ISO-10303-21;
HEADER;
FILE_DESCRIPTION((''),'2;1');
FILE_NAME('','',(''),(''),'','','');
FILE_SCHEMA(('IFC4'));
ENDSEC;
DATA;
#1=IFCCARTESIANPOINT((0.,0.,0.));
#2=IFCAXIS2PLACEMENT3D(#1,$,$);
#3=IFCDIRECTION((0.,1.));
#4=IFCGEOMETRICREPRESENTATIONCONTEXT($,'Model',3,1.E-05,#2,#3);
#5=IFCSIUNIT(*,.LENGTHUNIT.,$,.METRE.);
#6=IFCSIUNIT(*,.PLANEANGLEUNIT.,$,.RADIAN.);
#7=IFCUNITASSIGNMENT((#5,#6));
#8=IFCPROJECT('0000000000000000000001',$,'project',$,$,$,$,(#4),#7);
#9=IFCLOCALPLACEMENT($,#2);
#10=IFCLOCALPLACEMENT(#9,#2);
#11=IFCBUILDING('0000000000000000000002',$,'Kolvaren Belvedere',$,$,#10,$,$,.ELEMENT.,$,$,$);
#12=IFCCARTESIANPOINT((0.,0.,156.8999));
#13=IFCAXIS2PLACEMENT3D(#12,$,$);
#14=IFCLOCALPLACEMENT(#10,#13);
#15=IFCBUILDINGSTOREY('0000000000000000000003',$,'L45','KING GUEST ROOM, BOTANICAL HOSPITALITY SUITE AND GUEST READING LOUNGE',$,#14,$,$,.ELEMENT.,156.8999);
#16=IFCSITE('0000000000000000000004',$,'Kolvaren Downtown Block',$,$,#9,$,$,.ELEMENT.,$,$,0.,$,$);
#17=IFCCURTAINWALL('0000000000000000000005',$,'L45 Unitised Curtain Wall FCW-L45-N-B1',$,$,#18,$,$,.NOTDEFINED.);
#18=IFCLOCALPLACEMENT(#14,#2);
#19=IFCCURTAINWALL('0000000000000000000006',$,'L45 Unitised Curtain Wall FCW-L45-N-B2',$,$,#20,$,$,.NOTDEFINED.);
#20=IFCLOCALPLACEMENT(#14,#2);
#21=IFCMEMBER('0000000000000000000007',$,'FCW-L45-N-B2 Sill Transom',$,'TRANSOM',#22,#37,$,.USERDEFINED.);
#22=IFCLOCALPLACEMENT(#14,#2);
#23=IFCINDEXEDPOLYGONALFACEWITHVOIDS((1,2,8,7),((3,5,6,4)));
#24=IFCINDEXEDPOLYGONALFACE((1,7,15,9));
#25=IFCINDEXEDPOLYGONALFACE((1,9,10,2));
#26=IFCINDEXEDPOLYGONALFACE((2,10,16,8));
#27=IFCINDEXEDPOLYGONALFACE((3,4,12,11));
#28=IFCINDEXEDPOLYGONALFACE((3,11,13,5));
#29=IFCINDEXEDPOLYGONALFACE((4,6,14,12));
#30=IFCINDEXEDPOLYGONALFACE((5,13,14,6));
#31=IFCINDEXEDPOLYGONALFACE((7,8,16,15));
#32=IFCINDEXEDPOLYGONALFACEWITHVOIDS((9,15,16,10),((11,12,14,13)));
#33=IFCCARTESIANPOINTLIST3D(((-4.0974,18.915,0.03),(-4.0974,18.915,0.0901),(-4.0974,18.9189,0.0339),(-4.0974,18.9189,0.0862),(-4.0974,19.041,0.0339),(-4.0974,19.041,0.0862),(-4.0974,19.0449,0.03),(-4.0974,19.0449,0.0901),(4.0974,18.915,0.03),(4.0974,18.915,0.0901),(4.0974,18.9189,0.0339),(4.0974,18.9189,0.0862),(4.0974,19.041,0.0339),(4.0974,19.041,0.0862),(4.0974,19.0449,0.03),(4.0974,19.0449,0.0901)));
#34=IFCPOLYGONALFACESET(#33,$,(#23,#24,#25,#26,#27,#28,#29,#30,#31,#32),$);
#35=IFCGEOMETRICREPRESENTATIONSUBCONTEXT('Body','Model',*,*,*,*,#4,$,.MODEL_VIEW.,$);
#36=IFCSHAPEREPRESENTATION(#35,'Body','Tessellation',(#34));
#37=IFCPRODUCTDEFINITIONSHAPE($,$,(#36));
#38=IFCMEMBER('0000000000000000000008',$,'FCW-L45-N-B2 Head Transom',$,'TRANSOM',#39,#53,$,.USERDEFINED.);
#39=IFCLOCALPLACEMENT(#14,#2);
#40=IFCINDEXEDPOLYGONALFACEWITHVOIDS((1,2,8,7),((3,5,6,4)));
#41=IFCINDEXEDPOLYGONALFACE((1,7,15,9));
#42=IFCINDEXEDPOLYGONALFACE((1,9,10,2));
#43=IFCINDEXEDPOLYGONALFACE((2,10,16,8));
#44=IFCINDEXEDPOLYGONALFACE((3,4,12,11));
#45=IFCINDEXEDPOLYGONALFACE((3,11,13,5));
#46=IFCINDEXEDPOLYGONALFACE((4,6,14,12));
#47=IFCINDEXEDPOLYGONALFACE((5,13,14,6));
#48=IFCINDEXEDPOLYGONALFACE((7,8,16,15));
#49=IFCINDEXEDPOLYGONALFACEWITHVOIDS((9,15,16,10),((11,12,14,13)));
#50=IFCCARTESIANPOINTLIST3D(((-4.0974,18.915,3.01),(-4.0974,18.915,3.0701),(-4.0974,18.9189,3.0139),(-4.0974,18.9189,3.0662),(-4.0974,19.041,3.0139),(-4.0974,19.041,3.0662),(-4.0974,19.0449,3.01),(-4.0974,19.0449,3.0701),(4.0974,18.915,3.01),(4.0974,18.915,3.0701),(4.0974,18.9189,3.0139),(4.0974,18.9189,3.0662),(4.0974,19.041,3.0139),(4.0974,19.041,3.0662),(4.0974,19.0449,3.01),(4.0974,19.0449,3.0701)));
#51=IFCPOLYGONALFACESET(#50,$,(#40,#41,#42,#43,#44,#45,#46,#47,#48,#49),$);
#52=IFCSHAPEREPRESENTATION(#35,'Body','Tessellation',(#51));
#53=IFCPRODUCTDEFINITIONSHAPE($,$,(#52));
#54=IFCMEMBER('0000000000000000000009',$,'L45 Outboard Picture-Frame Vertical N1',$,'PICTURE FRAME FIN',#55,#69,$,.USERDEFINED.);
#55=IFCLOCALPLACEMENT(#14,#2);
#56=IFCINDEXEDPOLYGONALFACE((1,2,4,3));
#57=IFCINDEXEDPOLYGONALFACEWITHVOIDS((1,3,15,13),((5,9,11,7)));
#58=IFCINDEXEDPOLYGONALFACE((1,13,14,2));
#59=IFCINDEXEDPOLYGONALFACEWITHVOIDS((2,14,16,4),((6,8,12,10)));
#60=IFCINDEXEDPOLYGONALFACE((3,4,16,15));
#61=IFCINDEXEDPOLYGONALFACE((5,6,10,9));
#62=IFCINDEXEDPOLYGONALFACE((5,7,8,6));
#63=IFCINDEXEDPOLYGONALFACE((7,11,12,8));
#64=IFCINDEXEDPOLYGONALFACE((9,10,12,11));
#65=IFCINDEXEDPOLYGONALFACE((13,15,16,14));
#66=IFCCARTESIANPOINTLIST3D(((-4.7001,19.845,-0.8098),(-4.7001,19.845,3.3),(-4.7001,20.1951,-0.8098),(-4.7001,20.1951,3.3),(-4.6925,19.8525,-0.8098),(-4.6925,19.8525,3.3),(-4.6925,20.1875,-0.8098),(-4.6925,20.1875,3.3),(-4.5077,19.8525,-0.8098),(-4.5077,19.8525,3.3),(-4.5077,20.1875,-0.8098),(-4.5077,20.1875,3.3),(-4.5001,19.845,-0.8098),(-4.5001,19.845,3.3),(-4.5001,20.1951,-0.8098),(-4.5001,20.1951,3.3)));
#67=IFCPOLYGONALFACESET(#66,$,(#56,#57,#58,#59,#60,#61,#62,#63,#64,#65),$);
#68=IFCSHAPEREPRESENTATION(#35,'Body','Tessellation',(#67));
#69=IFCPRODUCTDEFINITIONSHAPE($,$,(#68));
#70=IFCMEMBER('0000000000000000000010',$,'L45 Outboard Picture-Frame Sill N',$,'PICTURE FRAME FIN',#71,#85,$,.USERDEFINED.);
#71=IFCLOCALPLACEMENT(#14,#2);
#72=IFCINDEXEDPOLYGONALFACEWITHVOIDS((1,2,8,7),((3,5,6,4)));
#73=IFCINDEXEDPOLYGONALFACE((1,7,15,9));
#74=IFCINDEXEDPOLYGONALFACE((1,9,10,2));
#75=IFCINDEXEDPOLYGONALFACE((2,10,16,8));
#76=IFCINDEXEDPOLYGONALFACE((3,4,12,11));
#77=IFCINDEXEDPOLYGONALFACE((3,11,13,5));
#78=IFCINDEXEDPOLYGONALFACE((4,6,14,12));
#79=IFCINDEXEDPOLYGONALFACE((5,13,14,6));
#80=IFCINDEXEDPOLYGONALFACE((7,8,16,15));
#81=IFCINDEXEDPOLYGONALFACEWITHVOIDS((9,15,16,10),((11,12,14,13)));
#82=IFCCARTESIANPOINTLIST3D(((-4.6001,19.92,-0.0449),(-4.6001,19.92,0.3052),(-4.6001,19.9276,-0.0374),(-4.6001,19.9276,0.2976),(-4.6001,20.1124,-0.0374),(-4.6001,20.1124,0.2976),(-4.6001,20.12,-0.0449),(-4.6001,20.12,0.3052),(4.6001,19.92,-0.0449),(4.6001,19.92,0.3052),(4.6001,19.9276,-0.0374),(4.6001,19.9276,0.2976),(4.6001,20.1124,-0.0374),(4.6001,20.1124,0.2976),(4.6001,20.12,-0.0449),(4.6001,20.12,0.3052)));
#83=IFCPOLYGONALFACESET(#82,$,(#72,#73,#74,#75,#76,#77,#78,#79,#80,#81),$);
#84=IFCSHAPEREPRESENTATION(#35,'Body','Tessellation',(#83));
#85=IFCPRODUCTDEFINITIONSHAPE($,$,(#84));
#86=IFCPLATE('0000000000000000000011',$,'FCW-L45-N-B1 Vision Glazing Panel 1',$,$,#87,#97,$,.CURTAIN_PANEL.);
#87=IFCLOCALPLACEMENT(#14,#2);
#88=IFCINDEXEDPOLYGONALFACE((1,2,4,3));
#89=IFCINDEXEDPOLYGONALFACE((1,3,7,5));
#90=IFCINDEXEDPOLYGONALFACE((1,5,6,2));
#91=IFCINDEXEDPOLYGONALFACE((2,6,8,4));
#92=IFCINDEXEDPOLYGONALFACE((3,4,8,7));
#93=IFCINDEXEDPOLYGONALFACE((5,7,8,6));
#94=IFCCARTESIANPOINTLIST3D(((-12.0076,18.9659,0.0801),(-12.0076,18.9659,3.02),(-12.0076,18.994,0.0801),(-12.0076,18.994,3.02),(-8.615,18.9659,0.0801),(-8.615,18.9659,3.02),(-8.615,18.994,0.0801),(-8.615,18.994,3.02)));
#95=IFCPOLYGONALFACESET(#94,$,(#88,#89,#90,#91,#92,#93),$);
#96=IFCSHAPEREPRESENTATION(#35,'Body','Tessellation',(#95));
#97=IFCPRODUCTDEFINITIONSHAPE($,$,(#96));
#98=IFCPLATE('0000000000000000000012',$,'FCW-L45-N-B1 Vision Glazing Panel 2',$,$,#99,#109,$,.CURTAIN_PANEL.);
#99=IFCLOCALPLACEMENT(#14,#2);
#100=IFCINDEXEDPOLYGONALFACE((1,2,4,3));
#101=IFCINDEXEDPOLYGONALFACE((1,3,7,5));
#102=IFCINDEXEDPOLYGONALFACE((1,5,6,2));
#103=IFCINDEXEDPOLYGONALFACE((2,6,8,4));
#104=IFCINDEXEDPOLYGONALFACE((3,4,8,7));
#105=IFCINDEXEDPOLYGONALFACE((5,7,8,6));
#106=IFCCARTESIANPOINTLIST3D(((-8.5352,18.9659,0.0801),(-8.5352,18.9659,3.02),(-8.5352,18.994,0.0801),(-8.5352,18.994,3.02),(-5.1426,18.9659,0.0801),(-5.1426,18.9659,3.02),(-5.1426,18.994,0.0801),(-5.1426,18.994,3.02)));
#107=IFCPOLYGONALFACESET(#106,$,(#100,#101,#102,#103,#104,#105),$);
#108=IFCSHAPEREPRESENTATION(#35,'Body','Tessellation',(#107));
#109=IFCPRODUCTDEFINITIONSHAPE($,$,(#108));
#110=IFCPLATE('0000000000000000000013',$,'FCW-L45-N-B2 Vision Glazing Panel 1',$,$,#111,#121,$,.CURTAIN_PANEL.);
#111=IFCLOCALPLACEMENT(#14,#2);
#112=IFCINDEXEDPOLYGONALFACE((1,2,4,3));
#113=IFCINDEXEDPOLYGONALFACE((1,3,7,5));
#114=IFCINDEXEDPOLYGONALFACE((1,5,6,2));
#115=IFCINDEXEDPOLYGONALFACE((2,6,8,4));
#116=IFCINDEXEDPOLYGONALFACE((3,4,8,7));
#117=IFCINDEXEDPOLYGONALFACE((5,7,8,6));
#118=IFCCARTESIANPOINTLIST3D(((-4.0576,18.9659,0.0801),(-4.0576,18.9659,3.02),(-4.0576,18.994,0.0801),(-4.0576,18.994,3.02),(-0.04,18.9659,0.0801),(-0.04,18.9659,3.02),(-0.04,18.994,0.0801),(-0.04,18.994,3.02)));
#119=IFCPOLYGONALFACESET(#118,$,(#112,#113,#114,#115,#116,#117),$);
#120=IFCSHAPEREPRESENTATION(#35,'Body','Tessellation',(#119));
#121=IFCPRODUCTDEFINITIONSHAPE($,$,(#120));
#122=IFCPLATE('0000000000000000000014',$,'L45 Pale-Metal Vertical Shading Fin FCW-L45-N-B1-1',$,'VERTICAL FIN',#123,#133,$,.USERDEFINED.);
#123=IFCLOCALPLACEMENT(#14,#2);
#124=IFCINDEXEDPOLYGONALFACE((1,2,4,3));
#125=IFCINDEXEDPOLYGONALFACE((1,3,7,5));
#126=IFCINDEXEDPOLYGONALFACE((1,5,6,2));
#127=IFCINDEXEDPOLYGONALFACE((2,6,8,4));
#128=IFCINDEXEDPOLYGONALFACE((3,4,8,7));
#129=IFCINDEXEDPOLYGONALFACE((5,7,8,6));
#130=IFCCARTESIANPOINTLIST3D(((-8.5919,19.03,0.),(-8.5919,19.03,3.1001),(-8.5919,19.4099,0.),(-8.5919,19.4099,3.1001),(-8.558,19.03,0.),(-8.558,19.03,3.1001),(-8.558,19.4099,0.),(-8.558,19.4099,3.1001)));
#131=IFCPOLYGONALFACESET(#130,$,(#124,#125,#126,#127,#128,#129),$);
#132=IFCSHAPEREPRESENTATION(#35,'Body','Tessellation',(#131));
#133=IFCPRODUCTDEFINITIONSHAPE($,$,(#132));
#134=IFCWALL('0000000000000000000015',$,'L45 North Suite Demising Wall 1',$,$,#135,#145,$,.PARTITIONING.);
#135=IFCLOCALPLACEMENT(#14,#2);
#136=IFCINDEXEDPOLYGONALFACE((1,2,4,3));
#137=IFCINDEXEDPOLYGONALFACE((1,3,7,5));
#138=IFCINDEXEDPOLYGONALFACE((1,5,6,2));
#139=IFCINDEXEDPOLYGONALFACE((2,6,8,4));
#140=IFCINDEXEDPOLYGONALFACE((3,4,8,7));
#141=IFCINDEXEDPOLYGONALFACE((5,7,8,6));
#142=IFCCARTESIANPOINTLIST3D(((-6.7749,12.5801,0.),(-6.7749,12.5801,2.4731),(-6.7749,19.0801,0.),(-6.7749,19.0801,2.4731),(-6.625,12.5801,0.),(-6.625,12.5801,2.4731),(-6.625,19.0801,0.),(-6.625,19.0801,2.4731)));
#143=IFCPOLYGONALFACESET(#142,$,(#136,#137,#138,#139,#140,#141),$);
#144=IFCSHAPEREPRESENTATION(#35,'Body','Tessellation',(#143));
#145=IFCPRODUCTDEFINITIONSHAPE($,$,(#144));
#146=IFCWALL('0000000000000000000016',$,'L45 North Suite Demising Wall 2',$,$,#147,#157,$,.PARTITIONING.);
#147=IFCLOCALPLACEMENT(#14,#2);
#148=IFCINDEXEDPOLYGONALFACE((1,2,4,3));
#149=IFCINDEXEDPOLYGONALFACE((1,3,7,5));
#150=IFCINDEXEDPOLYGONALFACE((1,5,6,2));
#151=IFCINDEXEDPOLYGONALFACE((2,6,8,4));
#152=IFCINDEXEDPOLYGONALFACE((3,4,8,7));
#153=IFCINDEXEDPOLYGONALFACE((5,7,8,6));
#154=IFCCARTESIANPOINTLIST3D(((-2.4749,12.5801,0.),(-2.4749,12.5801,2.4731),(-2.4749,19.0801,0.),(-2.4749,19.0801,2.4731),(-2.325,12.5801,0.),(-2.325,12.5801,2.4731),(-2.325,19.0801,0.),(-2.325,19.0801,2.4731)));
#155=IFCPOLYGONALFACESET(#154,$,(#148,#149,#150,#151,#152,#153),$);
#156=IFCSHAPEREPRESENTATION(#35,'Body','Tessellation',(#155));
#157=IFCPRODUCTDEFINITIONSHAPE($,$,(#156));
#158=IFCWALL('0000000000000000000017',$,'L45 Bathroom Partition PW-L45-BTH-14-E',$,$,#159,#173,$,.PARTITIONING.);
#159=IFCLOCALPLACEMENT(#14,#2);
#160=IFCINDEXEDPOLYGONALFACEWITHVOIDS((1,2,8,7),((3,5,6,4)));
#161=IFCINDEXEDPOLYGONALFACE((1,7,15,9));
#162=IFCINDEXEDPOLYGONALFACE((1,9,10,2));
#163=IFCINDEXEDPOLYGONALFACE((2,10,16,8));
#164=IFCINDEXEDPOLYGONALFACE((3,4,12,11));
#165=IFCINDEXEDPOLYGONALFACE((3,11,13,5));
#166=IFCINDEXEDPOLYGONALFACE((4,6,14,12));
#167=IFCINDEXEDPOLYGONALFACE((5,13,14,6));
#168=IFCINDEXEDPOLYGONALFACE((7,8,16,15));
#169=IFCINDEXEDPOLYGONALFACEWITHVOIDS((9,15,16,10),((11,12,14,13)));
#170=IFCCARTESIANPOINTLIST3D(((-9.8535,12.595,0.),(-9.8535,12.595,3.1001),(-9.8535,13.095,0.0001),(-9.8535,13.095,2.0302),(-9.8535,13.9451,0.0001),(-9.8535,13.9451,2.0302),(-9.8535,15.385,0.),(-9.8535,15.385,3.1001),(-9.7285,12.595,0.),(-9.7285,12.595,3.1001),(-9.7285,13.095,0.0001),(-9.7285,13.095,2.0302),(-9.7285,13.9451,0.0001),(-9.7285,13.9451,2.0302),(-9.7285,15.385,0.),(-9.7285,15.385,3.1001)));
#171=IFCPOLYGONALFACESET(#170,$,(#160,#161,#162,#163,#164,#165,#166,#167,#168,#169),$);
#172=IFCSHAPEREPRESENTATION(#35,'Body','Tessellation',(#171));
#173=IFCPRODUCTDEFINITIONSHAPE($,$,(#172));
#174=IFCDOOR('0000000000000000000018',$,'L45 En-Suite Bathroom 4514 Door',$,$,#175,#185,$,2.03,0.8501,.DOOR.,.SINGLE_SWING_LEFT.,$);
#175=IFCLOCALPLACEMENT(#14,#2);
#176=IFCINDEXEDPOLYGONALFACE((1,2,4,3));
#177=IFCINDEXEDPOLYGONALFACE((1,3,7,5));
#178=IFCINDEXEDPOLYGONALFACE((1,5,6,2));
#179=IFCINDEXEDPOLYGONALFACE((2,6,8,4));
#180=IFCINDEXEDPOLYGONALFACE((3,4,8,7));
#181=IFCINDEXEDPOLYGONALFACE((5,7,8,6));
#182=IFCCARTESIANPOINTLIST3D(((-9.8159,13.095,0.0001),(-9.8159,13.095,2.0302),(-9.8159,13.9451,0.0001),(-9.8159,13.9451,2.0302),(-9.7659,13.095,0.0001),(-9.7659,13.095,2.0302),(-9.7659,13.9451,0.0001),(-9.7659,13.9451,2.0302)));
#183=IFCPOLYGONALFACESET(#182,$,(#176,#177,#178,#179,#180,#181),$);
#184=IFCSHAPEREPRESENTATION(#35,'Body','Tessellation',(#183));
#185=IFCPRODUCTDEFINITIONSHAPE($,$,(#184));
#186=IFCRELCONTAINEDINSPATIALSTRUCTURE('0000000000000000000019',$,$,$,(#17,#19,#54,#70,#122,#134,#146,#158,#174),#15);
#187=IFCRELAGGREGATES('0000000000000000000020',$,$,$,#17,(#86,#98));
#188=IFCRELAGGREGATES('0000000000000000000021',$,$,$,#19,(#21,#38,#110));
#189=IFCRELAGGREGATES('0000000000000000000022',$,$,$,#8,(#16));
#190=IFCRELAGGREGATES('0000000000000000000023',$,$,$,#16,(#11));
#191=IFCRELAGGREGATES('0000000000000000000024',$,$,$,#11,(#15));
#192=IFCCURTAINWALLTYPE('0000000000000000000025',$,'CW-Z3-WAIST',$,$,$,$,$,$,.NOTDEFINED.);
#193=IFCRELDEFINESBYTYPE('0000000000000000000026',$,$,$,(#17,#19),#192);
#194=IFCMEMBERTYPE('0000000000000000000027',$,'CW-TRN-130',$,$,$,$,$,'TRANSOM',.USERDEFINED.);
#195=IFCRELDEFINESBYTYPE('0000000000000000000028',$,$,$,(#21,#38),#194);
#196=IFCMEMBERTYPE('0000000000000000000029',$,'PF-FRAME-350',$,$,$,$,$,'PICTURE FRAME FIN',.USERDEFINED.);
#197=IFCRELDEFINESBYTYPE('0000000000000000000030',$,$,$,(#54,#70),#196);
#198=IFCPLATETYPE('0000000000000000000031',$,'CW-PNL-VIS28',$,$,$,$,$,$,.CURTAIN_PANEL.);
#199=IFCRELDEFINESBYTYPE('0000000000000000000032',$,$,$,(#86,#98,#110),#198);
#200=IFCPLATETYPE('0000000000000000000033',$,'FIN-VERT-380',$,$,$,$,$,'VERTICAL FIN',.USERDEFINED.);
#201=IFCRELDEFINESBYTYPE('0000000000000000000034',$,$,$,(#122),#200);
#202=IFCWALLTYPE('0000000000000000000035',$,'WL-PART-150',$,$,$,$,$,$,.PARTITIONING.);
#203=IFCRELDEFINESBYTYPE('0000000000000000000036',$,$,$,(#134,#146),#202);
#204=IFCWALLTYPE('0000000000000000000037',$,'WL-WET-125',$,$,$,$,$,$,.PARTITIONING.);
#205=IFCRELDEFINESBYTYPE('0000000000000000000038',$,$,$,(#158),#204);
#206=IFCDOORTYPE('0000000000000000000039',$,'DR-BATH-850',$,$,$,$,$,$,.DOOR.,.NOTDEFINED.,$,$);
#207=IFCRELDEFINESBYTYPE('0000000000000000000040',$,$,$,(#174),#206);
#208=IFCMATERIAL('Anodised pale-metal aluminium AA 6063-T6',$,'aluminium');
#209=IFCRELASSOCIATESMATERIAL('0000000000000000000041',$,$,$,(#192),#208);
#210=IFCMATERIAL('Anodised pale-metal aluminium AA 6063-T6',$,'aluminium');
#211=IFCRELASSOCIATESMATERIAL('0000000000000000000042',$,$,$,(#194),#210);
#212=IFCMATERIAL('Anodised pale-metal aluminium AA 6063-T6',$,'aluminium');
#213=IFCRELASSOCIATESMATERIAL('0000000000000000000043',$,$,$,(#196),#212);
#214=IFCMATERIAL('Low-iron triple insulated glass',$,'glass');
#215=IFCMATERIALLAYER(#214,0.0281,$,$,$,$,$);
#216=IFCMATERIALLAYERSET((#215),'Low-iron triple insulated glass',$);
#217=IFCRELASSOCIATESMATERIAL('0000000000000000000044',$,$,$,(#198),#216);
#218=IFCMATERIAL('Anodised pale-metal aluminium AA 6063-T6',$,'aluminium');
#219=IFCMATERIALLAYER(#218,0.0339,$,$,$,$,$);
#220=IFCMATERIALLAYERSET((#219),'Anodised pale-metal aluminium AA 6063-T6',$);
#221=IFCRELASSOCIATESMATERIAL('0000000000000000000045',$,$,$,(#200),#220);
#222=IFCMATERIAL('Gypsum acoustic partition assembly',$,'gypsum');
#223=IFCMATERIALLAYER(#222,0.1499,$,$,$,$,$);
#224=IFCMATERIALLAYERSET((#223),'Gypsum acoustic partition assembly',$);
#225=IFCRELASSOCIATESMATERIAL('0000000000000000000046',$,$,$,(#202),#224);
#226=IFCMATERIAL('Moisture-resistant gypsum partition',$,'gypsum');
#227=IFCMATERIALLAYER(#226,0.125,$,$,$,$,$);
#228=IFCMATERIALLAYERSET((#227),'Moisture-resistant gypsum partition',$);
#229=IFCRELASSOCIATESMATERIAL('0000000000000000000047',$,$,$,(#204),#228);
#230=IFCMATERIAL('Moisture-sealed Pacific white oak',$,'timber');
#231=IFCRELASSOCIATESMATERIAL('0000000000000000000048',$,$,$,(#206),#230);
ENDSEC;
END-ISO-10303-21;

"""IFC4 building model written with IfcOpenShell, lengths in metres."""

from ifc_helpers import new_model, si_unit, direction, frame, frame_2d, origin, origin_2d, place, context, subcontext, project, spatial, rectangle, hollow_rectangle, extrude, material, layer, layer_set, material_profile, profile_set, type_object, element, fill, aggregate, save


model = new_model("IFC4")

# Units and contexts
model_context = context("Model", 3, precision=1e-05, world=origin(), true_north=direction((0.0, 1.0)))
body_context = subcontext(model_context, "Body", "Model", "MODEL_VIEW")
ifc_project = project(units=[si_unit("LENGTHUNIT", "METRE"), si_unit("PLANEANGLEUNIT", "RADIAN")], contexts=[model_context])

# Site, building, storey
site_placement = place(None, origin())
site = spatial("IfcSite", under=ifc_project, at=site_placement, Name="Kolvaren Downtown Block", CompositionType="ELEMENT", RefElevation=0.0)
building_placement = place(site_placement, origin())
building = spatial("IfcBuilding", under=site, at=building_placement, Name="Kolvaren Belvedere", CompositionType="ELEMENT")
storey_placement = place(building_placement, frame((0.0, 0.0, 156.8999)))
storey = spatial("IfcBuildingStorey", under=building, at=storey_placement, Name="L45", Description="KING GUEST ROOM, BOTANICAL HOSPITALITY SUITE AND GUEST READING LOUNGE", CompositionType="ELEMENT", Elevation=156.8999)

# Curtain wall
ifc_material_1 = material(Name="Anodised pale-metal aluminium AA 6063-T6", Category="aluminium")
curtain_wall_type = type_object("IfcCurtainWallType", Name="CW-Z3-WAIST", PredefinedType="NOTDEFINED", material=ifc_material_1)
curtain_wall_1_placement = place(storey_placement, origin())
curtain_wall_1 = element("IfcCurtainWall", 1, at=curtain_wall_1_placement, inside=storey, type_object=curtain_wall_type, Name="L45 Unitised Curtain Wall FCW-L45-N-B1", PredefinedType="NOTDEFINED")

# Curtain wall
curtain_wall_2_placement = place(storey_placement, origin())
curtain_wall_2 = element("IfcCurtainWall", 2, at=curtain_wall_2_placement, inside=storey, type_object=curtain_wall_type, Name="L45 Unitised Curtain Wall FCW-L45-N-B2", PredefinedType="NOTDEFINED")

# Members
ifc_material_2 = material(Name="Anodised pale-metal aluminium AA 6063-T6", Category="aluminium")
ifc_material_profile_1 = material_profile(ifc_material_2, hollow_rectangle(XDim=0.0601, YDim=0.1299, WallThickness=0.0039, at=origin_2d()), Name="ALU-TRN-130X60")
ifc_profile_set_1 = profile_set([ifc_material_profile_1], Name="Anodised pale-metal aluminium AA 6063-T6")
member_type_1 = type_object("IfcMemberType", Name="CW-TRN-130", ElementType="TRANSOM", PredefinedType="USERDEFINED", material=ifc_profile_set_1)
member_1_placement = place(storey_placement, frame((-4.0974, 18.98, 0.0601), z_axis=(1.0, 0.0, 0.0), x_axis=(0.0, 0.0, 1.0)))
member_1 = element("IfcMember", 3, at=member_1_placement, type_object=member_type_1, Name="FCW-L45-N-B2 Sill Transom", ObjectType="TRANSOM", PredefinedType="USERDEFINED", context=body_context, shape_type="SweptSolid", body=[
    extrude(hollow_rectangle(XDim=0.0601, YDim=0.1299, WallThickness=0.0039, at=origin_2d()), origin(), (0.0, 0.0, 1.0), 8.1948),
])
member_2_placement = place(storey_placement, frame((-4.0974, 18.98, 3.04), z_axis=(1.0, 0.0, 0.0), x_axis=(0.0, 0.0, 1.0)))
member_2 = element("IfcMember", 4, at=member_2_placement, type_object=member_type_1, Name="FCW-L45-N-B2 Head Transom", ObjectType="TRANSOM", PredefinedType="USERDEFINED", context=body_context, shape_type="SweptSolid", body=[
    extrude(hollow_rectangle(XDim=0.0601, YDim=0.1299, WallThickness=0.0039, at=origin_2d()), origin(), (0.0, 0.0, 1.0), 8.1948),
])

# Members
ifc_material_3 = material(Name="Anodised pale-metal aluminium AA 6063-T6", Category="aluminium")
ifc_material_profile_2 = material_profile(ifc_material_3, hollow_rectangle(XDim=0.2, YDim=0.3501, WallThickness=0.0076, at=origin_2d()), Name="ALU-PF-350X200")
ifc_profile_set_2 = profile_set([ifc_material_profile_2], Name="Anodised pale-metal aluminium AA 6063-T6")
member_type_2 = type_object("IfcMemberType", Name="PF-FRAME-350", ElementType="PICTURE FRAME FIN", PredefinedType="USERDEFINED", material=ifc_profile_set_2)
member_3_placement = place(storey_placement, frame((-4.6001, 20.02, -0.8098), z_axis=(0.0, 0.0, 1.0), x_axis=(1.0, 0.0, 0.0)))
element("IfcMember", 5, at=member_3_placement, inside=storey, type_object=member_type_2, Name="L45 Outboard Picture-Frame Vertical N1", ObjectType="PICTURE FRAME FIN", PredefinedType="USERDEFINED", context=body_context, shape_type="SweptSolid", body=[
    extrude(hollow_rectangle(XDim=0.2, YDim=0.3501, WallThickness=0.0076, at=origin_2d()), origin(), (0.0, 0.0, 1.0), 4.1099),
])
member_4_placement = place(storey_placement, frame((-4.6001, 20.02, 0.1301), z_axis=(1.0, 0.0, 0.0), x_axis=(0.0, 1.0, 0.0)))
element("IfcMember", 6, at=member_4_placement, inside=storey, type_object=member_type_2, Name="L45 Outboard Picture-Frame Sill N", ObjectType="PICTURE FRAME FIN", PredefinedType="USERDEFINED", context=body_context, shape_type="SweptSolid", body=[
    extrude(hollow_rectangle(XDim=0.2, YDim=0.3501, WallThickness=0.0076, at=origin_2d()), origin(), (0.0, 0.0, 1.0), 9.2002),
])

# Plates
ifc_material_4 = material(Name="Low-iron triple insulated glass", Category="glass")
ifc_layer_1 = layer(ifc_material_4, 0.0281)
ifc_layer_set_1 = layer_set([ifc_layer_1], Name="Low-iron triple insulated glass")
plate_type_1 = type_object("IfcPlateType", Name="CW-PNL-VIS28", PredefinedType="CURTAIN_PANEL", material=ifc_layer_set_1)
plate_1_placement = place(storey_placement, frame((-10.3113, 18.98, 0.0801), z_axis=(0.0, 0.0, 1.0), x_axis=(1.0, 0.0, 0.0)))
plate_1 = element("IfcPlate", 7, at=plate_1_placement, type_object=plate_type_1, Name="FCW-L45-N-B1 Vision Glazing Panel 1", PredefinedType="CURTAIN_PANEL", context=body_context, shape_type="SweptSolid", body=[
    extrude(rectangle(XDim=3.3926, YDim=0.0281, at=origin_2d()), origin(), (0.0, 0.0, 1.0), 2.9399),
])
plate_2_placement = place(storey_placement, frame((-6.8389, 18.98, 0.0801), z_axis=(0.0, 0.0, 1.0), x_axis=(1.0, 0.0, 0.0)))
plate_2 = element("IfcPlate", 8, at=plate_2_placement, type_object=plate_type_1, Name="FCW-L45-N-B1 Vision Glazing Panel 2", PredefinedType="CURTAIN_PANEL", context=body_context, shape_type="SweptSolid", body=[
    extrude(rectangle(XDim=3.3926, YDim=0.0281, at=origin_2d()), origin(), (0.0, 0.0, 1.0), 2.9399),
])
aggregate(curtain_wall_1, [plate_1, plate_2])
plate_3_placement = place(storey_placement, frame((-2.0488, 18.98, 0.0801), z_axis=(0.0, 0.0, 1.0), x_axis=(1.0, 0.0, 0.0)))
plate_3 = element("IfcPlate", 9, at=plate_3_placement, type_object=plate_type_1, Name="FCW-L45-N-B2 Vision Glazing Panel 1", PredefinedType="CURTAIN_PANEL", context=body_context, shape_type="SweptSolid", body=[
    extrude(rectangle(XDim=4.0176, YDim=0.0281, at=origin_2d()), origin(), (0.0, 0.0, 1.0), 2.9399),
])
aggregate(curtain_wall_2, [member_1, member_2, plate_3])
ifc_material_5 = material(Name="Anodised pale-metal aluminium AA 6063-T6", Category="aluminium")
ifc_layer_2 = layer(ifc_material_5, 0.0339)
ifc_layer_set_2 = layer_set([ifc_layer_2], Name="Anodised pale-metal aluminium AA 6063-T6")
plate_type_2 = type_object("IfcPlateType", Name="FIN-VERT-380", ElementType="VERTICAL FIN", PredefinedType="USERDEFINED", material=ifc_layer_set_2)
plate_4_placement = place(storey_placement, frame((-8.575, 19.22, 0.0), z_axis=(0.0, 0.0, 1.0), x_axis=(0.0, 1.0, 0.0)))
element("IfcPlate", 10, at=plate_4_placement, inside=storey, type_object=plate_type_2, Name="L45 Pale-Metal Vertical Shading Fin FCW-L45-N-B1-1", ObjectType="VERTICAL FIN", PredefinedType="USERDEFINED", context=body_context, shape_type="SweptSolid", body=[
    extrude(rectangle(XDim=0.3799, YDim=0.0339, at=origin_2d()), origin(), (0.0, 0.0, 1.0), 3.1001),
])

# Walls
ifc_material_6 = material(Name="Gypsum acoustic partition assembly", Category="gypsum")
ifc_layer_3 = layer(ifc_material_6, 0.1499)
ifc_layer_set_3 = layer_set([ifc_layer_3], Name="Gypsum acoustic partition assembly")
wall_type_1 = type_object("IfcWallType", Name="WL-PART-150", PredefinedType="PARTITIONING", material=ifc_layer_set_3)
for number, where, z_axis, x_axis, name in (
    (11, (-6.7, 12.5801, 0.0), (0.0, 0.0, 1.0), (0.0, 1.0, 0.0), "L45 North Suite Demising Wall 1"),
    (12, (-2.3999, 12.5801, 0.0), (0.0, 0.0, 1.0), (0.0, 1.0, 0.0), "L45 North Suite Demising Wall 2"),
):
    element("IfcWall", number, at=place(storey_placement, frame(where, z_axis=z_axis, x_axis=x_axis)), inside=storey, type_object=wall_type_1, Name=name, PredefinedType="PARTITIONING", context=body_context, shape_type="SweptSolid", body=[
        extrude(rectangle(XDim=6.5, YDim=0.1499, at=frame_2d((3.25, 0.0))), origin(), (0.0, 0.0, 1.0), 2.4731),
    ])

# Wall, opening, door
ifc_material_7 = material(Name="Moisture-resistant gypsum partition", Category="gypsum")
ifc_layer_4 = layer(ifc_material_7, 0.125)
ifc_layer_set_4 = layer_set([ifc_layer_4], Name="Moisture-resistant gypsum partition")
wall_type_2 = type_object("IfcWallType", Name="WL-WET-125", PredefinedType="PARTITIONING", material=ifc_layer_set_4)
wall_1_placement = place(storey_placement, frame((-9.791, 12.595, 0.0), z_axis=(0.0, 0.0, 1.0), x_axis=(0.0, 1.0, 0.0)))
wall_1 = element("IfcWall", 13, at=wall_1_placement, inside=storey, type_object=wall_type_2, Name="L45 Bathroom Partition PW-L45-BTH-14-E", PredefinedType="PARTITIONING", context=body_context, shape_type="SweptSolid", body=[
    extrude(rectangle(XDim=2.79, YDim=0.125, at=frame_2d((1.395, 0.0))), origin(), (0.0, 0.0, 1.0), 3.1001),
])
opening_placement = place(wall_1_placement, frame((0.5, 0.0, 0.0)))
opening = element("IfcOpeningElement", 14, at=opening_placement, cuts=wall_1, PredefinedType="OPENING", context=body_context, shape_type="SweptSolid", body=[
    extrude(rectangle(XDim=0.8501, YDim=2.03, at=frame_2d((0.425, 1.0151))), frame((0.0, 0.0725, 0.0), z_axis=(0.0, -1.0, 0.0), x_axis=(1.0, 0.0, 0.0)), (0.0, 0.0, 1.0), 0.145),
])
ifc_material_8 = material(Name="Moisture-sealed Pacific white oak", Category="timber")
door_type = type_object("IfcDoorType", Name="DR-BATH-850", OperationType="NOTDEFINED", PredefinedType="DOOR", material=ifc_material_8)
door_placement = place(opening_placement, origin())
door = element("IfcDoor", 15, at=door_placement, inside=storey, type_object=door_type, Name="L45 En-Suite Bathroom 4514 Door", OperationType="SINGLE_SWING_LEFT", OverallHeight=2.03, OverallWidth=0.8501, PredefinedType="DOOR", context=body_context, shape_type="SweptSolid", body=[
    extrude(rectangle(XDim=0.8501, YDim=2.03, at=frame_2d((0.425, 1.0151))), frame((0.0, 0.0249, 0.0), z_axis=(0.0, -1.0, 0.0), x_axis=(1.0, 0.0, 0.0)), (0.0, 0.0, 1.0), 0.05),
])
fill(opening, door)

save(model, "model.ifc")
